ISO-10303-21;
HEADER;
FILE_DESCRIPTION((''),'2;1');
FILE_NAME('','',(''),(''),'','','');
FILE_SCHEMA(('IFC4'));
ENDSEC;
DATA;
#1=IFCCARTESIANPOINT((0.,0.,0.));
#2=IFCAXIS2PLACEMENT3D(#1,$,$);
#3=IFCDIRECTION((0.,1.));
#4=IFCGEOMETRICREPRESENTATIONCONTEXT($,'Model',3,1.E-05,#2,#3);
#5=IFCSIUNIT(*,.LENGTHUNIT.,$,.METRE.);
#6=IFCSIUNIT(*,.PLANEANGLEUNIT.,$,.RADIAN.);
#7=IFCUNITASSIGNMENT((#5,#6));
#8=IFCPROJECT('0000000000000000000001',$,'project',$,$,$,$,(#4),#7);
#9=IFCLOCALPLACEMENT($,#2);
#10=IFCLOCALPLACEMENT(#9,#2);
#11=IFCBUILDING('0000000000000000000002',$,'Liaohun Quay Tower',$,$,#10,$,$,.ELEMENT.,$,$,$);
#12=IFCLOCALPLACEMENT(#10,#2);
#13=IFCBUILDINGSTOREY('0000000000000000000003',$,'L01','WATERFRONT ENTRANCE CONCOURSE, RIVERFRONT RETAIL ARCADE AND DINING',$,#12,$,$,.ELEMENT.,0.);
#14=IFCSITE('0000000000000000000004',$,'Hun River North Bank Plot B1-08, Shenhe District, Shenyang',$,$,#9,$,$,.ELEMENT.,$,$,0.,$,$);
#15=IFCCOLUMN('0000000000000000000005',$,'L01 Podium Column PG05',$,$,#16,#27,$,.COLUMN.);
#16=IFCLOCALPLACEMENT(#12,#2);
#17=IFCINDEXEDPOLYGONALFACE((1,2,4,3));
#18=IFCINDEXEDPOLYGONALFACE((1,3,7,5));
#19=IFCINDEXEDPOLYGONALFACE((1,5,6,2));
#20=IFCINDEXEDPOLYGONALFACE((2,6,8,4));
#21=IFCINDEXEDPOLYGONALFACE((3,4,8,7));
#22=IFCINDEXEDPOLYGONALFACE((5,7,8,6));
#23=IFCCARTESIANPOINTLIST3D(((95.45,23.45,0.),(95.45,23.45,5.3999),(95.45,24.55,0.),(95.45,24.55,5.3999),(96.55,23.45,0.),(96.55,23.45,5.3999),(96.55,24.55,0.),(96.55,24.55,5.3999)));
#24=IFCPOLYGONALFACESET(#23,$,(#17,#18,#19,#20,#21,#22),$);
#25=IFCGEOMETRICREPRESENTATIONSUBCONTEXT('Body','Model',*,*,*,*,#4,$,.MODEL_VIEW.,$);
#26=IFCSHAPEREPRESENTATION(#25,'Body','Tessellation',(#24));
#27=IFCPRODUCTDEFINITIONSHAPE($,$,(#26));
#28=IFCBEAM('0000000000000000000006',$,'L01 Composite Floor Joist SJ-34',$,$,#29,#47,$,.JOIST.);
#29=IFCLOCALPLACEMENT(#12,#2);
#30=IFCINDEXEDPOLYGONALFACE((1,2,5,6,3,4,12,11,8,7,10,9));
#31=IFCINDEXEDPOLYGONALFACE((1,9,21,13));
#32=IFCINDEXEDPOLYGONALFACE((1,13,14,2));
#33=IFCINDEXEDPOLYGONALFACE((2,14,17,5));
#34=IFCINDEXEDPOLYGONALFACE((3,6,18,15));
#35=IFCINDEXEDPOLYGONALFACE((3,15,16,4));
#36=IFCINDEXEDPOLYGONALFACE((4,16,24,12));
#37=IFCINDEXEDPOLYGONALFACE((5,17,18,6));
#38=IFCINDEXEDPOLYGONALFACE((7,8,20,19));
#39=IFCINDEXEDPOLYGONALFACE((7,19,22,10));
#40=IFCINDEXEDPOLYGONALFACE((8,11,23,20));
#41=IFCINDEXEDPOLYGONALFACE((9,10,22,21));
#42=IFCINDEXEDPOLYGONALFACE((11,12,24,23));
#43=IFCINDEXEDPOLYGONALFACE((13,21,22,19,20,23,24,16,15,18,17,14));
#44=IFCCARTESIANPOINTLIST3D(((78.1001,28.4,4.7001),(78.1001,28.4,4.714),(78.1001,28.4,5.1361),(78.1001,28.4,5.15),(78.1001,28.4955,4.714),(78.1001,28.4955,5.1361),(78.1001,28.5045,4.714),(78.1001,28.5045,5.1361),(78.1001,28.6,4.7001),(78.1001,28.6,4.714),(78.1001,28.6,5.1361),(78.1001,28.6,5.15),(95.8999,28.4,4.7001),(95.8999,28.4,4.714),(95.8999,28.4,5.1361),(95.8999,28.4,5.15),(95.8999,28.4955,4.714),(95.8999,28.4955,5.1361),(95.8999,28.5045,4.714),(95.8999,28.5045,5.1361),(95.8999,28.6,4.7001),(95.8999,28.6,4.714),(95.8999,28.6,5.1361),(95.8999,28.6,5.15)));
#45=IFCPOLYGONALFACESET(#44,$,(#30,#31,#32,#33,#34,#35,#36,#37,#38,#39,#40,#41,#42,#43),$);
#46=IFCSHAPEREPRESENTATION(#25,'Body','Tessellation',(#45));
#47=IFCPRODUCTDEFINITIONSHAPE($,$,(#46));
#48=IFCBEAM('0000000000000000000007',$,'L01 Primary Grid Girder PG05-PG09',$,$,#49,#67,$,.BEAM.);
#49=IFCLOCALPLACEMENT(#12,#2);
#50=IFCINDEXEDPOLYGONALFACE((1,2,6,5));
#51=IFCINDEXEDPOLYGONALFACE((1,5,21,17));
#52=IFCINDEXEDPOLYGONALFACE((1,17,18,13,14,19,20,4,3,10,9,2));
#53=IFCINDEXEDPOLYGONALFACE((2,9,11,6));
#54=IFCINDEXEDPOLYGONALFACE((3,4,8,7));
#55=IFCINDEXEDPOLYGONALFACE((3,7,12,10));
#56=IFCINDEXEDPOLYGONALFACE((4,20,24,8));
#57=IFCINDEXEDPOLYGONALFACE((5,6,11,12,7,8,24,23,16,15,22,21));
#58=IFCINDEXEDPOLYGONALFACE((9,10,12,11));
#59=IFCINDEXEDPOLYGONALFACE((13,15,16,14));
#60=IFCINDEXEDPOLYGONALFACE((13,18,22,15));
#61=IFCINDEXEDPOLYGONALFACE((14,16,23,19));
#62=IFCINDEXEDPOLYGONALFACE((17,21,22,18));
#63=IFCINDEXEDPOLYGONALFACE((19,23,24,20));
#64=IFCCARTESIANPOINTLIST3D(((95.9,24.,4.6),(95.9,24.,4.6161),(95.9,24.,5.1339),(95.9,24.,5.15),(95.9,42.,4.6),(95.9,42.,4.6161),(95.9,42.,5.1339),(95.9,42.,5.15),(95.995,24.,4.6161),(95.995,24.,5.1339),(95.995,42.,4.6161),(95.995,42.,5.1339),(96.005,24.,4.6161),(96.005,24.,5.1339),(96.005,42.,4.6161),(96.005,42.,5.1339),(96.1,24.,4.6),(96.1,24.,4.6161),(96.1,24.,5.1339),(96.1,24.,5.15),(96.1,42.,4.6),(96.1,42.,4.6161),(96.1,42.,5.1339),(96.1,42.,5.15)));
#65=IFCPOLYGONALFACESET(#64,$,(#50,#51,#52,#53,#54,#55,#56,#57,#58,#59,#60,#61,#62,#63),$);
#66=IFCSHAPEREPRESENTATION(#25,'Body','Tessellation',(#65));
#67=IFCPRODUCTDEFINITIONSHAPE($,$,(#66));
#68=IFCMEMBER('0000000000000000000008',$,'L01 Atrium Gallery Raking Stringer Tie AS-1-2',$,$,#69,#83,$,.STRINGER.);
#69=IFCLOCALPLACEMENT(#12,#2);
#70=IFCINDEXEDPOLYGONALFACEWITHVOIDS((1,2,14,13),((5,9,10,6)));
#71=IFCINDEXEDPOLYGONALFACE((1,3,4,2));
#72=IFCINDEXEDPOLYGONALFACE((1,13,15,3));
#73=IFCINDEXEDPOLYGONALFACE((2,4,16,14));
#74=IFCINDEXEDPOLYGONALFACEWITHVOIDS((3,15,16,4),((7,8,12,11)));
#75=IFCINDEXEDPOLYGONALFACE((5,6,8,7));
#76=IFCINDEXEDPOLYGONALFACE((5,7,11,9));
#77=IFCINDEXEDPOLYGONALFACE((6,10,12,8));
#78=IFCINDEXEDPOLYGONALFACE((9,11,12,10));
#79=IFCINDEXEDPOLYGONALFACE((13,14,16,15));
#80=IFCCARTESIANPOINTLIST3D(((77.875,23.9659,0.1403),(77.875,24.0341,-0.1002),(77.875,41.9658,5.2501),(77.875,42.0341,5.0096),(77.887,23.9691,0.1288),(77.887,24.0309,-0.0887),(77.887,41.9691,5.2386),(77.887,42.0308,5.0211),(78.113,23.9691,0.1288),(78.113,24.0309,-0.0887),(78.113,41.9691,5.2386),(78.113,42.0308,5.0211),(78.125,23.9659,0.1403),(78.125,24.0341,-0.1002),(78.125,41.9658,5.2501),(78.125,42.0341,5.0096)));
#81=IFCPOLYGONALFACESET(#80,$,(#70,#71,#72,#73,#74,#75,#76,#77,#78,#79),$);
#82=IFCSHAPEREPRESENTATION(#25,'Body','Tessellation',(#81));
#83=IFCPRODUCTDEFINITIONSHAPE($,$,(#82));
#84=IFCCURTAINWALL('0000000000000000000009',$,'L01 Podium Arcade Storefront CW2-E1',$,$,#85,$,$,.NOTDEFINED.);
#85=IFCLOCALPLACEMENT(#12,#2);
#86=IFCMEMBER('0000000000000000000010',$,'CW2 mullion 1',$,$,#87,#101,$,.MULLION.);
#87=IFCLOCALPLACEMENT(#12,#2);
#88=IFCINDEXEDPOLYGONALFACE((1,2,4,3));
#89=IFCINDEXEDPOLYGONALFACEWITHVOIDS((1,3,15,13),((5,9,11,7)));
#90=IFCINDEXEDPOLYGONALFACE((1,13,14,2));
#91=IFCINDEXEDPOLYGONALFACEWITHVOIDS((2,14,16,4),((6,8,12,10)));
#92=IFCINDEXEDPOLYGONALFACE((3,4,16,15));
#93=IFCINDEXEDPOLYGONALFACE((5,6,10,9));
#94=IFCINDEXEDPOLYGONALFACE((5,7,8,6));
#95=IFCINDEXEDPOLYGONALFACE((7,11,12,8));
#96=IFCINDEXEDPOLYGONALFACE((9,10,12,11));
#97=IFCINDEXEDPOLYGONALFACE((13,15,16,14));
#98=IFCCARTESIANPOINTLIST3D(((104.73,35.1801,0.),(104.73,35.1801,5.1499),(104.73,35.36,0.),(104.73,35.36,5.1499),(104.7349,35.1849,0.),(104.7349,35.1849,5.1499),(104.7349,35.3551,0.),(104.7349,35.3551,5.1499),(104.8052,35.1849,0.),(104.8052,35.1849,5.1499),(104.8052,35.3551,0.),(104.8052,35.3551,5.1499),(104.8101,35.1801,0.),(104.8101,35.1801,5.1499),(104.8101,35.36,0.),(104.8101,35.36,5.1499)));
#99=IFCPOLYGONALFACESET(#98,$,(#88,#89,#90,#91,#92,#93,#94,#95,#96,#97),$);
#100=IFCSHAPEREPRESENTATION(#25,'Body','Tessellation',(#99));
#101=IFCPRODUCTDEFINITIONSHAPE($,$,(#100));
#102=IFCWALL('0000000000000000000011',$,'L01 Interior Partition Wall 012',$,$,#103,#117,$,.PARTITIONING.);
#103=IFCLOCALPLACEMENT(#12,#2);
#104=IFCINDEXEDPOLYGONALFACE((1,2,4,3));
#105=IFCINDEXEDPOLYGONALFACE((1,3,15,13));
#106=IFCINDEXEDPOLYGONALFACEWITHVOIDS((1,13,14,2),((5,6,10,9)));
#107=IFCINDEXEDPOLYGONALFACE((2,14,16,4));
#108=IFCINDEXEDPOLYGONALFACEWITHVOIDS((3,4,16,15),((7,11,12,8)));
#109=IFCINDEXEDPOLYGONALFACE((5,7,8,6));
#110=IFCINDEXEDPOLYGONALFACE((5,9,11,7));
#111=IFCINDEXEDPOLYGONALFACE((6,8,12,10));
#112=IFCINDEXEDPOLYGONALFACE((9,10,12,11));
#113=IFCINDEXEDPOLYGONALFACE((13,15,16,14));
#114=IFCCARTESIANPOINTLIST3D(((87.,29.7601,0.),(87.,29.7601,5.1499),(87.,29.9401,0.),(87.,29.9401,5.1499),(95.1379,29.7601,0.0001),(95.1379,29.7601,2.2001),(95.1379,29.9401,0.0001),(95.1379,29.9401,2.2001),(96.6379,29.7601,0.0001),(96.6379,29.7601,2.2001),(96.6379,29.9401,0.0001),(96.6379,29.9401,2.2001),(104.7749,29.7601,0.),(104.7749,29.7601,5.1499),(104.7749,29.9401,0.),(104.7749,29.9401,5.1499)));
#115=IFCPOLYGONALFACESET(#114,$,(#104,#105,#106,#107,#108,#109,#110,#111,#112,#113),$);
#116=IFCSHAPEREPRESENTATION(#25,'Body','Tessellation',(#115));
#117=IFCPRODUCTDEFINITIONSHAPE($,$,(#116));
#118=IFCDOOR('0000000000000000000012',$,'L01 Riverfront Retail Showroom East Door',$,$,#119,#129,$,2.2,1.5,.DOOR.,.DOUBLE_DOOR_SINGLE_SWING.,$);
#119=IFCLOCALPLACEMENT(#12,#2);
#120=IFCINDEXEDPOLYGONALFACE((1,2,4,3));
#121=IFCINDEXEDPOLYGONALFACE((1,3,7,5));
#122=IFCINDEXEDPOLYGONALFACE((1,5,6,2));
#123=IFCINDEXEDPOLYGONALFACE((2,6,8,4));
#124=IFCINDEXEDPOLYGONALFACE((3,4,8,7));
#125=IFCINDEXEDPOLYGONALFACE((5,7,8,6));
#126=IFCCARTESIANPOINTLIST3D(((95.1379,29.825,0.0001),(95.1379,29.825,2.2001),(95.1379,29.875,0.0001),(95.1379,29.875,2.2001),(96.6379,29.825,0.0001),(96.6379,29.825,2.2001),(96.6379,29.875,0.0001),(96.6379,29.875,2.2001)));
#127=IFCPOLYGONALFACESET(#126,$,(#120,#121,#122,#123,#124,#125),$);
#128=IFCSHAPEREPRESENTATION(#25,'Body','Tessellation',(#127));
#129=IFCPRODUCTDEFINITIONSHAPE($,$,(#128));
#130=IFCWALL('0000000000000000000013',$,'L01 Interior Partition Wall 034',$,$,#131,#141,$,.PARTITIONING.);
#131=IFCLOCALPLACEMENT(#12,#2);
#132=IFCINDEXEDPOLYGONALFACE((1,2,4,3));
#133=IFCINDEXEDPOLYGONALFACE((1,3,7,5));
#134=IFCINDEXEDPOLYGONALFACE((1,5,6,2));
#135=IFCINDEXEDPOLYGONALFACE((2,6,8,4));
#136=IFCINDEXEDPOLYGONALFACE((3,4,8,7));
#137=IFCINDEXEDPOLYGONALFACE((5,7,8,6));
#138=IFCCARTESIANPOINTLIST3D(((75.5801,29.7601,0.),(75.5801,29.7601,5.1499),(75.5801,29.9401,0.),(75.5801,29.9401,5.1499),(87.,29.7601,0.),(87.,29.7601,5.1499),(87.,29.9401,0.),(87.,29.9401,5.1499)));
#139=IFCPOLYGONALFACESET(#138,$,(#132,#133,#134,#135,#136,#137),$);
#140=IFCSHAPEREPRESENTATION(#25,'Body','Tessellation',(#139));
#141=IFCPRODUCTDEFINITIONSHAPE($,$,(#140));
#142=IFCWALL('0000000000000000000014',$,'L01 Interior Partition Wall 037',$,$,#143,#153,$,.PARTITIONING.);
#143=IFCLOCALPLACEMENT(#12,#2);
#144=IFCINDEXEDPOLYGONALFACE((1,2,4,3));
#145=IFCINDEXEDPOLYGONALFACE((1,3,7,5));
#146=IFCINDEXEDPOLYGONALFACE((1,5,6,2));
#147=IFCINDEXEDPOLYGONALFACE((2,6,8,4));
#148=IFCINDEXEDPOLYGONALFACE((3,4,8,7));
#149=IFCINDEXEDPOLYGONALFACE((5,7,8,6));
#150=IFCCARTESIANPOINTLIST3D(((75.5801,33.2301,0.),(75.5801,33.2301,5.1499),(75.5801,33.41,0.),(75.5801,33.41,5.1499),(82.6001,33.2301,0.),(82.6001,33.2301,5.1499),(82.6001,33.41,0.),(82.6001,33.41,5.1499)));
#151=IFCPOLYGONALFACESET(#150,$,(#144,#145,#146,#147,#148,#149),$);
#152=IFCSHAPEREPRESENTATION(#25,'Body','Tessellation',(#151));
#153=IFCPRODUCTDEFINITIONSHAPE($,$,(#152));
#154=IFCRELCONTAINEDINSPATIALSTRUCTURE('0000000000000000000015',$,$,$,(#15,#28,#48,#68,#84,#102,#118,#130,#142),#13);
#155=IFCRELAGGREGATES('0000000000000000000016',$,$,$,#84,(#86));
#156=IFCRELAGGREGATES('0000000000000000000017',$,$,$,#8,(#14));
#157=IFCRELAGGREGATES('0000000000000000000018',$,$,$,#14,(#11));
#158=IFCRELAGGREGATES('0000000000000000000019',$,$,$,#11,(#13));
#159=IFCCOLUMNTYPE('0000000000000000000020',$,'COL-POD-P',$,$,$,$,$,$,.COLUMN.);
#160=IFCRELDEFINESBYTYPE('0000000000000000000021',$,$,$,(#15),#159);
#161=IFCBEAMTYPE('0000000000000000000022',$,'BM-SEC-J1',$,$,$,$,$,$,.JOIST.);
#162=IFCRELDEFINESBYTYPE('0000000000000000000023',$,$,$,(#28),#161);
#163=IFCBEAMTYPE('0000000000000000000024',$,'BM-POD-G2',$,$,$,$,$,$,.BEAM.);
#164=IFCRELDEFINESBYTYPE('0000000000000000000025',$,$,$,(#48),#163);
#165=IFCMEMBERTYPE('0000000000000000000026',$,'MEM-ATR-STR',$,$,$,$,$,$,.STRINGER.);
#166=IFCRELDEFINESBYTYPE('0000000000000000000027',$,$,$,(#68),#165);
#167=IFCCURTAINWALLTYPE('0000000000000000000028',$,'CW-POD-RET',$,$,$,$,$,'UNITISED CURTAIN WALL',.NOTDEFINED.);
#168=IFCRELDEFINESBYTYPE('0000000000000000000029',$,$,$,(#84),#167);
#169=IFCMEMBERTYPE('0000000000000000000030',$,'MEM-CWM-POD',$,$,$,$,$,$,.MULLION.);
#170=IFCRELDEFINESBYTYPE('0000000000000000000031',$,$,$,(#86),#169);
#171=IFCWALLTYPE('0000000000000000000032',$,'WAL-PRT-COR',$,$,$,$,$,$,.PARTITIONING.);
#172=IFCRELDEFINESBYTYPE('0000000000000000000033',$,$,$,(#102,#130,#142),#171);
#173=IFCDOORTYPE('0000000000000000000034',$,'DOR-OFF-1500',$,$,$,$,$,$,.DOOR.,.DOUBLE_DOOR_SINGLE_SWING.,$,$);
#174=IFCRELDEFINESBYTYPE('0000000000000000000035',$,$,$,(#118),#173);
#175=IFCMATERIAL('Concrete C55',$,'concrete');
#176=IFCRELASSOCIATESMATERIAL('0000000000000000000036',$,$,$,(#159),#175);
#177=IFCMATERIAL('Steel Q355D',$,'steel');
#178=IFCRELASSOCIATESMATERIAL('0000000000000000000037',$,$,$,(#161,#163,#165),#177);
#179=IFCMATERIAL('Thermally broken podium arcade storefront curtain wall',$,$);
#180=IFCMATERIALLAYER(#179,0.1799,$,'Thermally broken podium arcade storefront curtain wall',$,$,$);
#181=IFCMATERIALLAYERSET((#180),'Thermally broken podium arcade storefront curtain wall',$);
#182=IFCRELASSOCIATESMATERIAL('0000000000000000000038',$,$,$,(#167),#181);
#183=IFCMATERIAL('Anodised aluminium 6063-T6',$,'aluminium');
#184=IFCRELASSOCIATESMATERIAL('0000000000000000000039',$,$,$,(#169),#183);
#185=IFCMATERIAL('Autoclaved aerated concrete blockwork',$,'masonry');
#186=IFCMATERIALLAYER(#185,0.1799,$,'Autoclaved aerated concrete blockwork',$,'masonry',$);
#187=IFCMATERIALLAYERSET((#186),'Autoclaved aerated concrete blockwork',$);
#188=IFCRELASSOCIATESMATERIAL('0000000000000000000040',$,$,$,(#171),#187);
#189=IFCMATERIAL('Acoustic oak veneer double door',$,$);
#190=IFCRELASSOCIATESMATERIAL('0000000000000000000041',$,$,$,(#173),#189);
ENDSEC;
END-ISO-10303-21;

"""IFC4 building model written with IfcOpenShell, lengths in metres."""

from ifc_helpers import new_model, si_unit, direction, frame, frame_2d, origin, origin_2d, place, context, subcontext, project, spatial, rectangle, hollow_rectangle, i_section, extrude, source, transform, mapped, material, layer, layer_set, material_profile, profile_set, type_object, element, fill, aggregate, save


model = new_model("IFC4")

# Units and contexts
model_context = context("Model", 3, precision=1e-05, world=origin(), true_north=direction((0.0, 1.0)))
body_context = subcontext(model_context, "Body", "Model", "MODEL_VIEW")
ifc_project = project(units=[si_unit("LENGTHUNIT", "METRE"), si_unit("PLANEANGLEUNIT", "RADIAN")], contexts=[model_context])

# Site, building, storey
site_placement = place(None, origin())
site = spatial("IfcSite", under=ifc_project, at=site_placement, Name="Hun River North Bank Plot B1-08, Shenhe District, Shenyang", CompositionType="ELEMENT", RefElevation=0.0)
building_placement = place(site_placement, origin())
building = spatial("IfcBuilding", under=site, at=building_placement, Name="Liaohun Quay Tower", CompositionType="ELEMENT")
storey_placement = place(building_placement, origin())
storey = spatial("IfcBuildingStorey", under=building, at=storey_placement, Name="L01", Description="WATERFRONT ENTRANCE CONCOURSE, RIVERFRONT RETAIL ARCADE AND DINING", CompositionType="ELEMENT", Elevation=0.0)

# Column
ifc_material_1 = material(Name="Concrete C55", Category="concrete")
ifc_material_profile_1 = material_profile(ifc_material_1, rectangle(XDim=1.1001, YDim=1.1001, at=origin_2d()), Name="RC1100x1100")
ifc_profile_set_1 = profile_set([ifc_material_profile_1], Name="Concrete C55")
column_type = type_object("IfcColumnType", Name="COL-POD-P", PredefinedType="COLUMN", material=ifc_profile_set_1)
shared_shape_1 = source(origin(), body_context, "Body", "SweptSolid", [
    extrude(rectangle(XDim=1.1001, YDim=1.1001, at=origin_2d()), origin(), (0.0, 0.0, 1.0), 5.3999),
])
column_placement = place(storey_placement, frame((96.0, 24.0, 0.0), z_axis=(0.0, 0.0, 1.0), x_axis=(1.0, 0.0, 0.0)))
element("IfcColumn", 1, at=column_placement, inside=storey, type_object=column_type, Name="L01 Podium Column PG05", PredefinedType="COLUMN", context=body_context, shape_type="MappedRepresentation", body=[
    mapped(shared_shape_1, transform((0.0, 0.0, 0.0), x_axis=(1.0, 0.0, 0.0), y_axis=(0.0, 1.0, 0.0), z_axis=(0.0, 0.0, 1.0), scale=1.0)),
])

# Beams
ifc_material_2 = material(Name="Steel Q355D", Category="steel")
ifc_material_profile_2 = material_profile(ifc_material_2, i_section(OverallWidth=0.2, OverallDepth=0.45, WebThickness=0.009, FlangeThickness=0.0139, at=origin_2d()), Name="HN450x200x9x14")
ifc_profile_set_2 = profile_set([ifc_material_profile_2], Name="Steel Q355D")
beam_type_1 = type_object("IfcBeamType", Name="BM-SEC-J1", PredefinedType="JOIST", material=ifc_profile_set_2)
shared_shape_2 = source(origin(), body_context, "Body", "SweptSolid", [
    extrude(i_section(OverallWidth=0.2, OverallDepth=0.45, WebThickness=0.009, FlangeThickness=0.0139, at=origin_2d()), origin(), (0.0, 0.0, 1.0), 17.7998),
])
beam_1_placement = place(storey_placement, frame((78.1001, 28.5, 4.925), z_axis=(1.0, 0.0, 0.0), x_axis=(0.0, 1.0, 0.0)))
element("IfcBeam", 2, at=beam_1_placement, inside=storey, type_object=beam_type_1, Name="L01 Composite Floor Joist SJ-34", PredefinedType="JOIST", context=body_context, shape_type="MappedRepresentation", body=[
    mapped(shared_shape_2, transform((0.0, 0.0, 0.0), x_axis=(1.0, 0.0, 0.0), y_axis=(0.0, 1.0, 0.0), z_axis=(0.0, 0.0, 1.0), scale=1.0)),
])
ifc_material_profile_3 = material_profile(ifc_material_2, i_section(OverallWidth=0.2, OverallDepth=0.55, WebThickness=0.01, FlangeThickness=0.0161, at=origin_2d()), Name="HN550x200x10x16")
ifc_profile_set_3 = profile_set([ifc_material_profile_3], Name="Steel Q355D")
beam_type_2 = type_object("IfcBeamType", Name="BM-POD-G2", PredefinedType="BEAM", material=ifc_profile_set_3)
shared_shape_3 = source(origin(), body_context, "Body", "SweptSolid", [
    extrude(i_section(OverallWidth=0.2, OverallDepth=0.55, WebThickness=0.01, FlangeThickness=0.0161, at=origin_2d()), origin(), (0.0, 0.0, 1.0), 18.0),
])
beam_2_placement = place(storey_placement, frame((96.0, 24.0, 4.875), z_axis=(0.0, 1.0, 0.0), x_axis=(-1.0, 0.0, 0.0)))
element("IfcBeam", 3, at=beam_2_placement, inside=storey, type_object=beam_type_2, Name="L01 Primary Grid Girder PG05-PG09", PredefinedType="BEAM", context=body_context, shape_type="MappedRepresentation", body=[
    mapped(shared_shape_3, transform((0.0, 0.0, 0.0), x_axis=(1.0, 0.0, 0.0), y_axis=(0.0, 1.0, 0.0), z_axis=(0.0, 0.0, 1.0), scale=1.0)),
])

# Member
ifc_material_profile_4 = material_profile(ifc_material_2, hollow_rectangle(XDim=0.25, YDim=0.25, WallThickness=0.012, at=origin_2d()), Name="SHS250x250x12")
ifc_profile_set_4 = profile_set([ifc_material_profile_4], Name="Steel Q355D")
member_type_1 = type_object("IfcMemberType", Name="MEM-ATR-STR", PredefinedType="STRINGER", material=ifc_profile_set_4)
shared_shape_4 = source(origin(), body_context, "Body", "SweptSolid", [
    extrude(hollow_rectangle(XDim=0.25, YDim=0.25, WallThickness=0.012, at=origin_2d()), origin(), (0.0, 0.0, 1.0), 18.7112),
])
member_1_placement = place(storey_placement, frame((78.0, 24.0, 0.02), z_axis=(0.0, 0.961988, 0.27309), x_axis=(-1.0, 0.0, 0.0)))
element("IfcMember", 4, at=member_1_placement, inside=storey, type_object=member_type_1, Name="L01 Atrium Gallery Raking Stringer Tie AS-1-2", PredefinedType="STRINGER", context=body_context, shape_type="MappedRepresentation", body=[
    mapped(shared_shape_4, transform((0.0, 0.0, 0.0), x_axis=(1.0, 0.0, 0.0), y_axis=(0.0, 1.0, 0.0), z_axis=(0.0, 0.0, 1.0), scale=1.0)),
])

# Curtain wall, member
ifc_material_3 = material(Name="Thermally broken podium arcade storefront curtain wall")
ifc_layer_1 = layer(ifc_material_3, 0.1799, Name="Thermally broken podium arcade storefront curtain wall")
ifc_layer_set_1 = layer_set([ifc_layer_1], Name="Thermally broken podium arcade storefront curtain wall")
curtain_wall_type = type_object("IfcCurtainWallType", Name="CW-POD-RET", ElementType="UNITISED CURTAIN WALL", PredefinedType="NOTDEFINED", material=ifc_layer_set_1)
curtain_wall_placement = place(storey_placement, origin())
curtain_wall = element("IfcCurtainWall", 5, at=curtain_wall_placement, inside=storey, type_object=curtain_wall_type, Name="L01 Podium Arcade Storefront CW2-E1", PredefinedType="NOTDEFINED")
ifc_material_4 = material(Name="Anodised aluminium 6063-T6", Category="aluminium")
ifc_material_profile_5 = material_profile(ifc_material_4, hollow_rectangle(XDim=0.0801, YDim=0.1799, WallThickness=0.0049, at=origin_2d()), Name="RHS180x80x5")
ifc_profile_set_5 = profile_set([ifc_material_profile_5], Name="Anodised aluminium 6063-T6")
member_type_2 = type_object("IfcMemberType", Name="MEM-CWM-POD", PredefinedType="MULLION", material=ifc_profile_set_5)
shared_shape_5 = source(origin(), body_context, "Body", "SweptSolid", [
    extrude(hollow_rectangle(XDim=0.0801, YDim=0.1799, WallThickness=0.0049, at=origin_2d()), origin(), (0.0, 0.0, 1.0), 5.1499),
])
member_2_placement = place(storey_placement, frame((104.77, 35.27, 0.0), z_axis=(0.0, 0.0, 1.0), x_axis=(-1.0, 0.0, 0.0)))
member_2 = element("IfcMember", 6, at=member_2_placement, type_object=member_type_2, Name="CW2 mullion 1", PredefinedType="MULLION", context=body_context, shape_type="MappedRepresentation", body=[
    mapped(shared_shape_5, transform((0.0, 0.0, 0.0), x_axis=(1.0, 0.0, 0.0), y_axis=(0.0, 1.0, 0.0), z_axis=(0.0, 0.0, 1.0), scale=1.0)),
])
aggregate(curtain_wall, [member_2])

# Wall, opening, door
ifc_material_5 = material(Name="Autoclaved aerated concrete blockwork", Category="masonry")
ifc_layer_2 = layer(ifc_material_5, 0.1799, Name="Autoclaved aerated concrete blockwork", Category="masonry")
ifc_layer_set_2 = layer_set([ifc_layer_2], Name="Autoclaved aerated concrete blockwork")
wall_type_1 = type_object("IfcWallType", Name="WAL-PRT-COR", PredefinedType="PARTITIONING", material=ifc_layer_set_2)
wall_1_placement = place(storey_placement, frame((87.0, 29.8501, 0.0), z_axis=(0.0, 0.0, 1.0), x_axis=(1.0, 0.0, 0.0)))
wall_1 = element("IfcWall", 7, at=wall_1_placement, inside=storey, type_object=wall_type_1, Name="L01 Interior Partition Wall 012", PredefinedType="PARTITIONING", context=body_context, shape_type="SweptSolid", body=[
    extrude(rectangle(XDim=17.7749, YDim=0.1799, at=frame_2d((8.8875, 0.0))), origin(), (0.0, 0.0, 1.0), 5.1499),
])
shared_shape_6 = source(origin(), body_context, "Body", "SweptSolid", [
    extrude(rectangle(XDim=1.5, YDim=2.2, at=frame_2d((0.75, 1.1001))), frame((0.0, 0.0999, 0.0), z_axis=(0.0, -1.0, 0.0), x_axis=(1.0, 0.0, 0.0)), (0.0, 0.0, 1.0), 0.2),
])
opening_1_placement = place(wall_1_placement, frame((8.1379, 0.0, 0.0)))
opening_1 = element("IfcOpeningElement", 8, at=opening_1_placement, cuts=wall_1, PredefinedType="OPENING", context=body_context, shape_type="MappedRepresentation", body=[
    mapped(shared_shape_6, transform((0.0, 0.0, 0.0), x_axis=(1.0, 0.0, 0.0), y_axis=(0.0, 1.0, 0.0), z_axis=(0.0, 0.0, 1.0), scale=1.0)),
])
ifc_material_6 = material(Name="Acoustic oak veneer double door")
door_type_1 = type_object("IfcDoorType", Name="DOR-OFF-1500", OperationType="DOUBLE_DOOR_SINGLE_SWING", PredefinedType="DOOR", material=ifc_material_6)
shared_shape_7 = source(origin(), body_context, "Body", "SweptSolid", [
    extrude(rectangle(XDim=1.5, YDim=2.2, at=frame_2d((0.75, 1.1001))), frame((0.0, 0.0249, 0.0), z_axis=(0.0, -1.0, 0.0), x_axis=(1.0, 0.0, 0.0)), (0.0, 0.0, 1.0), 0.05),
])
door_1_placement = place(opening_1_placement, origin())
door_1 = element("IfcDoor", 9, at=door_1_placement, inside=storey, type_object=door_type_1, Name="L01 Riverfront Retail Showroom East Door", OperationType="DOUBLE_DOOR_SINGLE_SWING", OverallHeight=2.2, OverallWidth=1.5, PredefinedType="DOOR", context=body_context, shape_type="MappedRepresentation", body=[
    mapped(shared_shape_7, transform((0.0, 0.0, 0.0), x_axis=(1.0, 0.0, 0.0), y_axis=(0.0, 1.0, 0.0), z_axis=(0.0, 0.0, 1.0), scale=1.0)),
])
fill(opening_1, door_1)

# Walls
wall_2_placement = place(storey_placement, frame((75.5801, 29.8501, 0.0), z_axis=(0.0, 0.0, 1.0), x_axis=(1.0, 0.0, 0.0)))
element("IfcWall", 10, at=wall_2_placement, inside=storey, type_object=wall_type_1, Name="L01 Interior Partition Wall 034", PredefinedType="PARTITIONING", context=body_context, shape_type="SweptSolid", body=[
    extrude(rectangle(XDim=11.4199, YDim=0.1799, at=frame_2d((5.71, 0.0))), origin(), (0.0, 0.0, 1.0), 5.1499),
])
wall_3_placement = place(storey_placement, frame((75.5801, 33.3201, 0.0), z_axis=(0.0, 0.0, 1.0), x_axis=(1.0, 0.0, 0.0)))
element("IfcWall", 11, at=wall_3_placement, inside=storey, type_object=wall_type_1, Name="L01 Interior Partition Wall 037", PredefinedType="PARTITIONING", context=body_context, shape_type="SweptSolid", body=[
    extrude(rectangle(XDim=7.02, YDim=0.1799, at=frame_2d((3.51, 0.0))), origin(), (0.0, 0.0, 1.0), 5.1499),
])

save(model, "model.ifc")
